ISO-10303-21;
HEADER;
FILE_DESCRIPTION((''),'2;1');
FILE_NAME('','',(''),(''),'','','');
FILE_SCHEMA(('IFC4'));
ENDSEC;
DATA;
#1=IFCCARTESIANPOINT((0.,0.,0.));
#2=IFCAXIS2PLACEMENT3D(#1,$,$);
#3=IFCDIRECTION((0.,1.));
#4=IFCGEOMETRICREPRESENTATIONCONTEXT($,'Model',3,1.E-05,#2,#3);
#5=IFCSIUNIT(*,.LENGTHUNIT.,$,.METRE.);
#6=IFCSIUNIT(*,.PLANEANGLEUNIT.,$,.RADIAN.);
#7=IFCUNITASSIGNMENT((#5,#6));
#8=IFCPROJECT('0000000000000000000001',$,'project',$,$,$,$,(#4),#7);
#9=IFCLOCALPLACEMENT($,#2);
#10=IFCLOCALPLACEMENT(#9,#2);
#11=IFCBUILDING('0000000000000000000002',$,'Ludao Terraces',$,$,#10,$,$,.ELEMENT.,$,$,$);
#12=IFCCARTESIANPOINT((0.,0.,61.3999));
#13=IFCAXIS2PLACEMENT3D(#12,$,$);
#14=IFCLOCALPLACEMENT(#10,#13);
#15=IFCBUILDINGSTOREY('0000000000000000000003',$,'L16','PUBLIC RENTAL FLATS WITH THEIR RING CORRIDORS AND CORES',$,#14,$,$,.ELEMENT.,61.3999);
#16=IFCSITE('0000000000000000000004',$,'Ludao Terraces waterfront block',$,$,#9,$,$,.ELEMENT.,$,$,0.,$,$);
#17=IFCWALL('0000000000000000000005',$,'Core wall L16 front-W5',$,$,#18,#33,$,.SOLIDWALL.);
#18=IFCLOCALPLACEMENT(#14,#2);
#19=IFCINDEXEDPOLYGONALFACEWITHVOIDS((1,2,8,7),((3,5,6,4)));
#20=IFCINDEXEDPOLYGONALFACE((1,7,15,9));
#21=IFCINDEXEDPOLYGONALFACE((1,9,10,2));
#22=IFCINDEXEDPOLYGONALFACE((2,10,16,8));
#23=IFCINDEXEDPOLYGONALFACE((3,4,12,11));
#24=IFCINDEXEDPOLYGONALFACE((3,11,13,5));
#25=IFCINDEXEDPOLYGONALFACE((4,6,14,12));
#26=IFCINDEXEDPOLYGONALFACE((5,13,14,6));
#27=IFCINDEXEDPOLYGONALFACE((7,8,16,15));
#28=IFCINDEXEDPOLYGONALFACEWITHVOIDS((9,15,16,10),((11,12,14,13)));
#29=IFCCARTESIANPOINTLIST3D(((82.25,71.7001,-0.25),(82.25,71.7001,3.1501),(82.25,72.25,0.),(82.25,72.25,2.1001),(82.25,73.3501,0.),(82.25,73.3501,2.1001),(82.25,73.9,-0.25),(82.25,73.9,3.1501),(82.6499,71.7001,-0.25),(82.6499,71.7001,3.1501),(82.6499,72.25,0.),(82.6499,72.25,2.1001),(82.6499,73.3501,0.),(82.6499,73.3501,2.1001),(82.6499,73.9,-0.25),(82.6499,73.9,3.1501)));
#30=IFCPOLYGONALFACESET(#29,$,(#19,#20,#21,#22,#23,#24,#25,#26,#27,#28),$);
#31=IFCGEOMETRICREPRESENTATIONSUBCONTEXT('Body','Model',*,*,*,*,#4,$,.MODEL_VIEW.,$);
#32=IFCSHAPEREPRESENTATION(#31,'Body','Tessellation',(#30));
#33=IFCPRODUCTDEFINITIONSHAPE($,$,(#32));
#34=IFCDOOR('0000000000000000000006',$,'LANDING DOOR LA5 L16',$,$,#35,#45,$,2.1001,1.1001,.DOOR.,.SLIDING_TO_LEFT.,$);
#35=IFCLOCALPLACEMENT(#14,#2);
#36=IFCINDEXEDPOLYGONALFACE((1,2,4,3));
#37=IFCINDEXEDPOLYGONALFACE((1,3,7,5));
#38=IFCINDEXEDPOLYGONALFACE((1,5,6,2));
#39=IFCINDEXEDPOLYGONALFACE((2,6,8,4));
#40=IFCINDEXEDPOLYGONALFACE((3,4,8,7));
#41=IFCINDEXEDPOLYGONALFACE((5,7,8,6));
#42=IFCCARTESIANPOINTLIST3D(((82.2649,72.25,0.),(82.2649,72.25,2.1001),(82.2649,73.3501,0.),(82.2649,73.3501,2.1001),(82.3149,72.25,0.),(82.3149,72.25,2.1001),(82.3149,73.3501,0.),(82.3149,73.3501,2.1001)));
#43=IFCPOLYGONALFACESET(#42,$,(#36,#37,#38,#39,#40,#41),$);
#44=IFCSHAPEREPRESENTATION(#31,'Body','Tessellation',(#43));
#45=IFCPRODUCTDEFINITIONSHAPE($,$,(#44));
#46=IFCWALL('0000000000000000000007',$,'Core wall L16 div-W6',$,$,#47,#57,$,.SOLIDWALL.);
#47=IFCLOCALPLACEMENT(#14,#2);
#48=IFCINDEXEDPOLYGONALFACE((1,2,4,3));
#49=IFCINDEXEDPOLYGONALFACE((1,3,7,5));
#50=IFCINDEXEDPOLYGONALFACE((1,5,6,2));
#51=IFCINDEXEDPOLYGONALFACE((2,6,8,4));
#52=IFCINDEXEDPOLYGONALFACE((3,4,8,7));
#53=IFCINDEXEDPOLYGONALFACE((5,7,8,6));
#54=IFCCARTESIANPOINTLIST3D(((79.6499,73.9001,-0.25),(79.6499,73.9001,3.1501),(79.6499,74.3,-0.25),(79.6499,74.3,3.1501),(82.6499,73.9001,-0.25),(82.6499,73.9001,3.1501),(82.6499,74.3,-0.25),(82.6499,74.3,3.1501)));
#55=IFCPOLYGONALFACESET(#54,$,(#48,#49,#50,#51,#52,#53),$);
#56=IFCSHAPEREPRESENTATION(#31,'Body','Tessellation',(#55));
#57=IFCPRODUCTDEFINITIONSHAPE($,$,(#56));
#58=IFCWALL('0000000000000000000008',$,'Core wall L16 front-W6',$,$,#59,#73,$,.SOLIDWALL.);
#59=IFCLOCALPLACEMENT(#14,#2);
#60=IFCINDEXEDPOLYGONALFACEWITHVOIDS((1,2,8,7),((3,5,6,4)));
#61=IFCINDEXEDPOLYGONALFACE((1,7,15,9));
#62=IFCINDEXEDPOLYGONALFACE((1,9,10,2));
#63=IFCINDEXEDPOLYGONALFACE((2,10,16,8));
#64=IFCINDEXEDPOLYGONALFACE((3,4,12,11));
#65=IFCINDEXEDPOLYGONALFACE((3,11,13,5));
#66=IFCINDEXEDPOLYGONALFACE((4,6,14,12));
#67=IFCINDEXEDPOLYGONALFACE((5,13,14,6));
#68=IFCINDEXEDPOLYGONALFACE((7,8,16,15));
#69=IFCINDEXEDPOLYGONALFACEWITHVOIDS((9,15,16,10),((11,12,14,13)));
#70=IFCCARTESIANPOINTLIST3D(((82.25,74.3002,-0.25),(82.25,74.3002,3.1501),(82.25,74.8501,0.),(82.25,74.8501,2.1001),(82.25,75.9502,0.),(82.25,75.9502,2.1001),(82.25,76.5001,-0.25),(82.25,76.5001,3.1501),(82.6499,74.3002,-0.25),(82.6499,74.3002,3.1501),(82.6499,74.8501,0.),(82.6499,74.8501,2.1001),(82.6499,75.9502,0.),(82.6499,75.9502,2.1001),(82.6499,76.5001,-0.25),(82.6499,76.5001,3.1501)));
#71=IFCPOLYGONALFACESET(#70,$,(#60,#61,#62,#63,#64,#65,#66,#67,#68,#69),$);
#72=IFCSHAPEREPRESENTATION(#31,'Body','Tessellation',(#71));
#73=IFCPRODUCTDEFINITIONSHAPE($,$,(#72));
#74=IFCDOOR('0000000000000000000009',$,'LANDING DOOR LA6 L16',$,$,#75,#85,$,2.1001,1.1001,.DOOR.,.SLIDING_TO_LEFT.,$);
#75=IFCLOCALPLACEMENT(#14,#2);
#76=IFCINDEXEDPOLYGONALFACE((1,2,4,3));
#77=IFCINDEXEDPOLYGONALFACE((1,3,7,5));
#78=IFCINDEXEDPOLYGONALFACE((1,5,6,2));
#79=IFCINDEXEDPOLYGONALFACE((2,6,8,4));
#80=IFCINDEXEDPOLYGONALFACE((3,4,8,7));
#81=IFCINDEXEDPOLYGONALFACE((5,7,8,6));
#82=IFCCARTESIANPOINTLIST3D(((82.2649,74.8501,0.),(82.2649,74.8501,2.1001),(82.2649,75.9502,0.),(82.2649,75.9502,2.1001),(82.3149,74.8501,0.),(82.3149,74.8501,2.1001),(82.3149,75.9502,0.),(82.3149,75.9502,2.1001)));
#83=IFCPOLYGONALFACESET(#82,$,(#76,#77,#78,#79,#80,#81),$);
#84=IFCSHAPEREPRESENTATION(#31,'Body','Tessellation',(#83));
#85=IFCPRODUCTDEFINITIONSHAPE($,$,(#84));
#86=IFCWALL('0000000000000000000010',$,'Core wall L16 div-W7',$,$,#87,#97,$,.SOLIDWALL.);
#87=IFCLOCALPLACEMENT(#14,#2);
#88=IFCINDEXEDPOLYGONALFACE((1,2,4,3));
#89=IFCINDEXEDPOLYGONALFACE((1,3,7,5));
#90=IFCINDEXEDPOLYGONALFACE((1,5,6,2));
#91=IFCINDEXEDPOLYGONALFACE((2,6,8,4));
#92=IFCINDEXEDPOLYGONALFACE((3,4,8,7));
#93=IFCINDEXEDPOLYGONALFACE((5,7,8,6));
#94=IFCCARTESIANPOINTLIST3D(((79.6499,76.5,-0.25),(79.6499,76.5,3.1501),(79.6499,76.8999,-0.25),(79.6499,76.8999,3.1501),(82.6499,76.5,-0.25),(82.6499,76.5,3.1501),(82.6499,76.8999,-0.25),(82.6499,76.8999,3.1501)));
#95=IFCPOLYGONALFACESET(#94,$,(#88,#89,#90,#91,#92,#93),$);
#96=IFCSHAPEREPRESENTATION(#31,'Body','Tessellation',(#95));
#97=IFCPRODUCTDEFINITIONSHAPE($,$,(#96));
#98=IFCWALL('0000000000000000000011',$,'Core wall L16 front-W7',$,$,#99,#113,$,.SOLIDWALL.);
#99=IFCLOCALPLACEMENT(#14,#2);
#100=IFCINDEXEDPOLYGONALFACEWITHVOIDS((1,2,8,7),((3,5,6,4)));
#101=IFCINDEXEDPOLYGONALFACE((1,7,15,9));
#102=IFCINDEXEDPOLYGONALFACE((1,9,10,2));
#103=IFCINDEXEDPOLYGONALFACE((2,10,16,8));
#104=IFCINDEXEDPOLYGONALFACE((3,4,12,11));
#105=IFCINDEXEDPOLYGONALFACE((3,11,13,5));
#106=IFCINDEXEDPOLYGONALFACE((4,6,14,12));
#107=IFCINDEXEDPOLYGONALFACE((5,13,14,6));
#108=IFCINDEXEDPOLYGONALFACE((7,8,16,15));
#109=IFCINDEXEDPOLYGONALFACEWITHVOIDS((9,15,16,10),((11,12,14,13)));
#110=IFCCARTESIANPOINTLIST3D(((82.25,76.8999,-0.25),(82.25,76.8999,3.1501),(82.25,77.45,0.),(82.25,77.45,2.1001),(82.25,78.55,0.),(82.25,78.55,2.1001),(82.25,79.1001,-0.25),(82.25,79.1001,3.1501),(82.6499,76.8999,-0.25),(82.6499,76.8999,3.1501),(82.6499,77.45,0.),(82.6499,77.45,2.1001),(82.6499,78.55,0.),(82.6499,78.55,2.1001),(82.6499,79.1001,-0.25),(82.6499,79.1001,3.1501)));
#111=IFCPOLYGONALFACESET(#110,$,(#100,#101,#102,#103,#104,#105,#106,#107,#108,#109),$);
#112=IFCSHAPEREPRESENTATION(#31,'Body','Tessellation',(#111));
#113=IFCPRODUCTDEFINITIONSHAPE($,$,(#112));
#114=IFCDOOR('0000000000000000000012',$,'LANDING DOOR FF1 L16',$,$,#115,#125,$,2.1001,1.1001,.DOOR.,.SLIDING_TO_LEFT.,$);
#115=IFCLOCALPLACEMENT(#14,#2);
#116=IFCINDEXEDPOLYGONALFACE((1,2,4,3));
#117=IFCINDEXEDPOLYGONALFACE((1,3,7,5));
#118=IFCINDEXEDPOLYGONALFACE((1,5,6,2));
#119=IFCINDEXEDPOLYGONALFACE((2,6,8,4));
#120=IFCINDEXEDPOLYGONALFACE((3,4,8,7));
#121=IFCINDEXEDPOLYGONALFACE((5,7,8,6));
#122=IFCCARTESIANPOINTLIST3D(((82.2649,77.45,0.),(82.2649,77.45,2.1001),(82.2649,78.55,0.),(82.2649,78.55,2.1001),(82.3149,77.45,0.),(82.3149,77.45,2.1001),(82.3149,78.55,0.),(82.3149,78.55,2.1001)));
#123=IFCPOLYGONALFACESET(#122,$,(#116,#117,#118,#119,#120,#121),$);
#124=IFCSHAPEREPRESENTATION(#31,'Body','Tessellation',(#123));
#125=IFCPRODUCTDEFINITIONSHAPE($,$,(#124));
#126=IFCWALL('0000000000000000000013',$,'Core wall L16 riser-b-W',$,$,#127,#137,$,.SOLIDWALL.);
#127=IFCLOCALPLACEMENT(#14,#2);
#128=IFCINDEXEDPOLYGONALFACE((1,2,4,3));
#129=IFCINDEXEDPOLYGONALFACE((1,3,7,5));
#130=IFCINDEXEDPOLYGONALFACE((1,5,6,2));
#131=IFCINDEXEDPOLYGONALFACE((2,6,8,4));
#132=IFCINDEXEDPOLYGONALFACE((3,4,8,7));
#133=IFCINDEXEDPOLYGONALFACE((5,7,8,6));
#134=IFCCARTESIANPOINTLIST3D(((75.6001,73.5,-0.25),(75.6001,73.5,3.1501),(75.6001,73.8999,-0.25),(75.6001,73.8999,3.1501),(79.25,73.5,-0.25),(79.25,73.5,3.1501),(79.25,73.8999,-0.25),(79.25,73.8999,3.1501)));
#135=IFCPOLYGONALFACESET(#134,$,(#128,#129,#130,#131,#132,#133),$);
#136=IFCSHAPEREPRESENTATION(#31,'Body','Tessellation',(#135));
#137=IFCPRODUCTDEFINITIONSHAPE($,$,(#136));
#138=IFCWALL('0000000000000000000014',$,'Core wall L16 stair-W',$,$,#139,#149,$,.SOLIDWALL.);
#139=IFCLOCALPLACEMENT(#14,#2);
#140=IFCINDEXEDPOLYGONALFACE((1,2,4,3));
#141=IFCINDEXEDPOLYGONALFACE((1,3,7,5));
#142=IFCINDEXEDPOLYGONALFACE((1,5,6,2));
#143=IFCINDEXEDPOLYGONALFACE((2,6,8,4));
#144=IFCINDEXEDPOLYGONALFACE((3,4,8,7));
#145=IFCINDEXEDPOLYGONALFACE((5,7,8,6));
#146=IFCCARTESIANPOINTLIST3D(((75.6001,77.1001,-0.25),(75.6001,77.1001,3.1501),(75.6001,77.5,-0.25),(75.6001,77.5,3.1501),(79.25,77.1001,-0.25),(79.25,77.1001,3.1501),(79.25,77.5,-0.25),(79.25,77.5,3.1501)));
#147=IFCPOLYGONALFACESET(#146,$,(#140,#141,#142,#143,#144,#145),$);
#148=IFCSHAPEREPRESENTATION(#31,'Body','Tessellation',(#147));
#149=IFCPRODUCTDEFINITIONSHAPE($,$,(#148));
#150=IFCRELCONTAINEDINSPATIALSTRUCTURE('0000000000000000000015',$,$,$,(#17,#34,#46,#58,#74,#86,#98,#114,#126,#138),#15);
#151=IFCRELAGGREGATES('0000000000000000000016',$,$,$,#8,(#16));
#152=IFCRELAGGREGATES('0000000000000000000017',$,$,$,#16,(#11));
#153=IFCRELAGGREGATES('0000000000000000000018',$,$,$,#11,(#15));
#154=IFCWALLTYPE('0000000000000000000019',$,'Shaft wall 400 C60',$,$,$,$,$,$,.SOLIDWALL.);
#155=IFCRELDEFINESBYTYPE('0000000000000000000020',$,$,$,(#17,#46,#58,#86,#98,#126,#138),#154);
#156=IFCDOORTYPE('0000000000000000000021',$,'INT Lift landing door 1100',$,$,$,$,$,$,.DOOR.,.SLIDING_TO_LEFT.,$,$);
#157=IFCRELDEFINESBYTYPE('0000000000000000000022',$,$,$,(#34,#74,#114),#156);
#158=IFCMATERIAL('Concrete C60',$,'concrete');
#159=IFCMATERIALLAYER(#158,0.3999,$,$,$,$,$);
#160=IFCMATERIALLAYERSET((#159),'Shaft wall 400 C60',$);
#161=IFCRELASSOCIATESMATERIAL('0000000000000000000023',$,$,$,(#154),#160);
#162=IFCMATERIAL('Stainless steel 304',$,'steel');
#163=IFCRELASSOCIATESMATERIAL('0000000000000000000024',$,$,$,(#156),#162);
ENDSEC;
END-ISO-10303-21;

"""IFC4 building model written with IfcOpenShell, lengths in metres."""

from ifc_helpers import new_model, si_unit, direction, frame, frame_2d, origin, place, context, subcontext, project, spatial, rectangle, extrude, material, layer, layer_set, type_object, element, fill, save


model = new_model("IFC4")

# Units and contexts
model_context = context("Model", 3, precision=1e-05, world=origin(), true_north=direction((0.0, 1.0)))
body_context = subcontext(model_context, "Body", "Model", "MODEL_VIEW")
ifc_project = project(units=[si_unit("LENGTHUNIT", "METRE"), si_unit("PLANEANGLEUNIT", "RADIAN")], contexts=[model_context])

# Site, building, storey
site_placement = place(None, origin())
site = spatial("IfcSite", under=ifc_project, at=site_placement, Name="Ludao Terraces waterfront block", CompositionType="ELEMENT", RefElevation=0.0)
building_placement = place(site_placement, origin())
building = spatial("IfcBuilding", under=site, at=building_placement, Name="Ludao Terraces", CompositionType="ELEMENT")
storey_placement = place(building_placement, frame((0.0, 0.0, 61.3999)))
storey = spatial("IfcBuildingStorey", under=building, at=storey_placement, Name="L16", Description="PUBLIC RENTAL FLATS WITH THEIR RING CORRIDORS AND CORES", CompositionType="ELEMENT", Elevation=61.3999)

# Shared definitions
ifc_material_1 = material(Name="Concrete C60", Category="concrete")
ifc_layer_1 = layer(ifc_material_1, 0.3999)
ifc_layer_set_1 = layer_set([ifc_layer_1], Name="Shaft wall 400 C60")
wall_type_1 = type_object("IfcWallType", Name="Shaft wall 400 C60", PredefinedType="SOLIDWALL", material=ifc_layer_set_1)

# Wall, opening, door
wall_1_placement = place(storey_placement, frame((82.45, 71.7, -0.25), z_axis=(0.0, 0.0, 1.0), x_axis=(0.0, 1.0, 0.0)))
wall_1 = element("IfcWall", 1, at=wall_1_placement, inside=storey, type_object=wall_type_1, Name="Core wall L16 front-W5", PredefinedType="SOLIDWALL", context=body_context, shape_type="SweptSolid", body=[
    extrude(rectangle(XDim=2.2, YDim=0.3999, at=frame_2d((1.1001, 0.0))), origin(), (0.0, 0.0, 1.0), 3.4001),
])
opening_1_placement = place(wall_1_placement, frame((0.55, 0.0, 0.25)))
opening_1 = element("IfcOpeningElement", 2, at=opening_1_placement, cuts=wall_1, PredefinedType="OPENING", context=body_context, shape_type="SweptSolid", body=[
    extrude(rectangle(XDim=1.1001, YDim=2.1001, at=frame_2d((0.55, 1.05))), frame((0.0, 0.21, 0.0), z_axis=(0.0, -1.0, 0.0), x_axis=(1.0, 0.0, 0.0)), (0.0, 0.0, 1.0), 0.4199),
])
ifc_material_2 = material(Name="Stainless steel 304", Category="steel")
door_type_1 = type_object("IfcDoorType", Name="INT Lift landing door 1100", OperationType="SLIDING_TO_LEFT", PredefinedType="DOOR", material=ifc_material_2)
door_1_placement = place(opening_1_placement, origin())
door_1 = element("IfcDoor", 3, at=door_1_placement, inside=storey, type_object=door_type_1, Name="LANDING DOOR LA5 L16", OperationType="SLIDING_TO_LEFT", OverallHeight=2.1001, OverallWidth=1.1001, PredefinedType="DOOR", context=body_context, shape_type="SweptSolid", body=[
    extrude(rectangle(XDim=1.1001, YDim=2.1001, at=frame_2d((0.55, 1.05))), frame((0.0, 0.1851, 0.0), z_axis=(0.0, -1.0, 0.0), x_axis=(1.0, 0.0, 0.0)), (0.0, 0.0, 1.0), 0.05),
])
fill(opening_1, door_1)

# Wall
wall_2_placement = place(storey_placement, frame((79.6499, 74.1001, -0.25), z_axis=(0.0, 0.0, 1.0), x_axis=(1.0, 0.0, 0.0)))
element("IfcWall", 4, at=wall_2_placement, inside=storey, type_object=wall_type_1, Name="Core wall L16 div-W6", PredefinedType="SOLIDWALL", context=body_context, shape_type="SweptSolid", body=[
    extrude(rectangle(XDim=3.0, YDim=0.3999, at=frame_2d((1.5, 0.0))), origin(), (0.0, 0.0, 1.0), 3.4001),
])

# Wall, opening, door
wall_3_placement = place(storey_placement, frame((82.45, 74.3, -0.25), z_axis=(0.0, 0.0, 1.0), x_axis=(0.0, 1.0, 0.0)))
wall_3 = element("IfcWall", 5, at=wall_3_placement, inside=storey, type_object=wall_type_1, Name="Core wall L16 front-W6", PredefinedType="SOLIDWALL", context=body_context, shape_type="SweptSolid", body=[
    extrude(rectangle(XDim=2.2, YDim=0.3999, at=frame_2d((1.1001, 0.0))), origin(), (0.0, 0.0, 1.0), 3.4001),
])
opening_2_placement = place(wall_3_placement, frame((0.55, 0.0, 0.25)))
opening_2 = element("IfcOpeningElement", 6, at=opening_2_placement, cuts=wall_3, PredefinedType="OPENING", context=body_context, shape_type="SweptSolid", body=[
    extrude(rectangle(XDim=1.1001, YDim=2.1001, at=frame_2d((0.55, 1.05))), frame((0.0, 0.21, 0.0), z_axis=(0.0, -1.0, 0.0), x_axis=(1.0, 0.0, 0.0)), (0.0, 0.0, 1.0), 0.4199),
])
door_2_placement = place(opening_2_placement, origin())
door_2 = element("IfcDoor", 7, at=door_2_placement, inside=storey, type_object=door_type_1, Name="LANDING DOOR LA6 L16", OperationType="SLIDING_TO_LEFT", OverallHeight=2.1001, OverallWidth=1.1001, PredefinedType="DOOR", context=body_context, shape_type="SweptSolid", body=[
    extrude(rectangle(XDim=1.1001, YDim=2.1001, at=frame_2d((0.55, 1.05))), frame((0.0, 0.1851, 0.0), z_axis=(0.0, -1.0, 0.0), x_axis=(1.0, 0.0, 0.0)), (0.0, 0.0, 1.0), 0.05),
])
fill(opening_2, door_2)

# Wall
wall_4_placement = place(storey_placement, frame((79.6499, 76.7, -0.25), z_axis=(0.0, 0.0, 1.0), x_axis=(1.0, 0.0, 0.0)))
element("IfcWall", 8, at=wall_4_placement, inside=storey, type_object=wall_type_1, Name="Core wall L16 div-W7", PredefinedType="SOLIDWALL", context=body_context, shape_type="SweptSolid", body=[
    extrude(rectangle(XDim=3.0, YDim=0.3999, at=frame_2d((1.5, 0.0))), origin(), (0.0, 0.0, 1.0), 3.4001),
])

# Wall, opening, door
wall_5_placement = place(storey_placement, frame((82.45, 76.8999, -0.25), z_axis=(0.0, 0.0, 1.0), x_axis=(0.0, 1.0, 0.0)))
wall_5 = element("IfcWall", 9, at=wall_5_placement, inside=storey, type_object=wall_type_1, Name="Core wall L16 front-W7", PredefinedType="SOLIDWALL", context=body_context, shape_type="SweptSolid", body=[
    extrude(rectangle(XDim=2.2002, YDim=0.3999, at=frame_2d((1.1001, 0.0))), origin(), (0.0, 0.0, 1.0), 3.4001),
])
opening_3_placement = place(wall_5_placement, frame((0.55, 0.0, 0.25)))
opening_3 = element("IfcOpeningElement", 10, at=opening_3_placement, cuts=wall_5, PredefinedType="OPENING", context=body_context, shape_type="SweptSolid", body=[
    extrude(rectangle(XDim=1.1001, YDim=2.1001, at=frame_2d((0.55, 1.05))), frame((0.0, 0.21, 0.0), z_axis=(0.0, -1.0, 0.0), x_axis=(1.0, 0.0, 0.0)), (0.0, 0.0, 1.0), 0.4199),
])
door_3_placement = place(opening_3_placement, origin())
door_3 = element("IfcDoor", 11, at=door_3_placement, inside=storey, type_object=door_type_1, Name="LANDING DOOR FF1 L16", OperationType="SLIDING_TO_LEFT", OverallHeight=2.1001, OverallWidth=1.1001, PredefinedType="DOOR", context=body_context, shape_type="SweptSolid", body=[
    extrude(rectangle(XDim=1.1001, YDim=2.1001, at=frame_2d((0.55, 1.05))), frame((0.0, 0.1851, 0.0), z_axis=(0.0, -1.0, 0.0), x_axis=(1.0, 0.0, 0.0)), (0.0, 0.0, 1.0), 0.05),
])
fill(opening_3, door_3)

# Walls
for number, where, z_axis, x_axis, name in (
    (12, (75.6001, 73.7, -0.25), (0.0, 0.0, 1.0), (1.0, 0.0, 0.0), "Core wall L16 riser-b-W"),
    (13, (75.6001, 77.3, -0.25), (0.0, 0.0, 1.0), (1.0, 0.0, 0.0), "Core wall L16 stair-W"),
):
    element("IfcWall", number, at=place(storey_placement, frame(where, z_axis=z_axis, x_axis=x_axis)), inside=storey, type_object=wall_type_1, Name=name, PredefinedType="SOLIDWALL", context=body_context, shape_type="SweptSolid", body=[
        extrude(rectangle(XDim=3.6499, YDim=0.3999, at=frame_2d((1.825, 0.0))), origin(), (0.0, 0.0, 1.0), 3.4001),
    ])

save(model, "model.ifc")
